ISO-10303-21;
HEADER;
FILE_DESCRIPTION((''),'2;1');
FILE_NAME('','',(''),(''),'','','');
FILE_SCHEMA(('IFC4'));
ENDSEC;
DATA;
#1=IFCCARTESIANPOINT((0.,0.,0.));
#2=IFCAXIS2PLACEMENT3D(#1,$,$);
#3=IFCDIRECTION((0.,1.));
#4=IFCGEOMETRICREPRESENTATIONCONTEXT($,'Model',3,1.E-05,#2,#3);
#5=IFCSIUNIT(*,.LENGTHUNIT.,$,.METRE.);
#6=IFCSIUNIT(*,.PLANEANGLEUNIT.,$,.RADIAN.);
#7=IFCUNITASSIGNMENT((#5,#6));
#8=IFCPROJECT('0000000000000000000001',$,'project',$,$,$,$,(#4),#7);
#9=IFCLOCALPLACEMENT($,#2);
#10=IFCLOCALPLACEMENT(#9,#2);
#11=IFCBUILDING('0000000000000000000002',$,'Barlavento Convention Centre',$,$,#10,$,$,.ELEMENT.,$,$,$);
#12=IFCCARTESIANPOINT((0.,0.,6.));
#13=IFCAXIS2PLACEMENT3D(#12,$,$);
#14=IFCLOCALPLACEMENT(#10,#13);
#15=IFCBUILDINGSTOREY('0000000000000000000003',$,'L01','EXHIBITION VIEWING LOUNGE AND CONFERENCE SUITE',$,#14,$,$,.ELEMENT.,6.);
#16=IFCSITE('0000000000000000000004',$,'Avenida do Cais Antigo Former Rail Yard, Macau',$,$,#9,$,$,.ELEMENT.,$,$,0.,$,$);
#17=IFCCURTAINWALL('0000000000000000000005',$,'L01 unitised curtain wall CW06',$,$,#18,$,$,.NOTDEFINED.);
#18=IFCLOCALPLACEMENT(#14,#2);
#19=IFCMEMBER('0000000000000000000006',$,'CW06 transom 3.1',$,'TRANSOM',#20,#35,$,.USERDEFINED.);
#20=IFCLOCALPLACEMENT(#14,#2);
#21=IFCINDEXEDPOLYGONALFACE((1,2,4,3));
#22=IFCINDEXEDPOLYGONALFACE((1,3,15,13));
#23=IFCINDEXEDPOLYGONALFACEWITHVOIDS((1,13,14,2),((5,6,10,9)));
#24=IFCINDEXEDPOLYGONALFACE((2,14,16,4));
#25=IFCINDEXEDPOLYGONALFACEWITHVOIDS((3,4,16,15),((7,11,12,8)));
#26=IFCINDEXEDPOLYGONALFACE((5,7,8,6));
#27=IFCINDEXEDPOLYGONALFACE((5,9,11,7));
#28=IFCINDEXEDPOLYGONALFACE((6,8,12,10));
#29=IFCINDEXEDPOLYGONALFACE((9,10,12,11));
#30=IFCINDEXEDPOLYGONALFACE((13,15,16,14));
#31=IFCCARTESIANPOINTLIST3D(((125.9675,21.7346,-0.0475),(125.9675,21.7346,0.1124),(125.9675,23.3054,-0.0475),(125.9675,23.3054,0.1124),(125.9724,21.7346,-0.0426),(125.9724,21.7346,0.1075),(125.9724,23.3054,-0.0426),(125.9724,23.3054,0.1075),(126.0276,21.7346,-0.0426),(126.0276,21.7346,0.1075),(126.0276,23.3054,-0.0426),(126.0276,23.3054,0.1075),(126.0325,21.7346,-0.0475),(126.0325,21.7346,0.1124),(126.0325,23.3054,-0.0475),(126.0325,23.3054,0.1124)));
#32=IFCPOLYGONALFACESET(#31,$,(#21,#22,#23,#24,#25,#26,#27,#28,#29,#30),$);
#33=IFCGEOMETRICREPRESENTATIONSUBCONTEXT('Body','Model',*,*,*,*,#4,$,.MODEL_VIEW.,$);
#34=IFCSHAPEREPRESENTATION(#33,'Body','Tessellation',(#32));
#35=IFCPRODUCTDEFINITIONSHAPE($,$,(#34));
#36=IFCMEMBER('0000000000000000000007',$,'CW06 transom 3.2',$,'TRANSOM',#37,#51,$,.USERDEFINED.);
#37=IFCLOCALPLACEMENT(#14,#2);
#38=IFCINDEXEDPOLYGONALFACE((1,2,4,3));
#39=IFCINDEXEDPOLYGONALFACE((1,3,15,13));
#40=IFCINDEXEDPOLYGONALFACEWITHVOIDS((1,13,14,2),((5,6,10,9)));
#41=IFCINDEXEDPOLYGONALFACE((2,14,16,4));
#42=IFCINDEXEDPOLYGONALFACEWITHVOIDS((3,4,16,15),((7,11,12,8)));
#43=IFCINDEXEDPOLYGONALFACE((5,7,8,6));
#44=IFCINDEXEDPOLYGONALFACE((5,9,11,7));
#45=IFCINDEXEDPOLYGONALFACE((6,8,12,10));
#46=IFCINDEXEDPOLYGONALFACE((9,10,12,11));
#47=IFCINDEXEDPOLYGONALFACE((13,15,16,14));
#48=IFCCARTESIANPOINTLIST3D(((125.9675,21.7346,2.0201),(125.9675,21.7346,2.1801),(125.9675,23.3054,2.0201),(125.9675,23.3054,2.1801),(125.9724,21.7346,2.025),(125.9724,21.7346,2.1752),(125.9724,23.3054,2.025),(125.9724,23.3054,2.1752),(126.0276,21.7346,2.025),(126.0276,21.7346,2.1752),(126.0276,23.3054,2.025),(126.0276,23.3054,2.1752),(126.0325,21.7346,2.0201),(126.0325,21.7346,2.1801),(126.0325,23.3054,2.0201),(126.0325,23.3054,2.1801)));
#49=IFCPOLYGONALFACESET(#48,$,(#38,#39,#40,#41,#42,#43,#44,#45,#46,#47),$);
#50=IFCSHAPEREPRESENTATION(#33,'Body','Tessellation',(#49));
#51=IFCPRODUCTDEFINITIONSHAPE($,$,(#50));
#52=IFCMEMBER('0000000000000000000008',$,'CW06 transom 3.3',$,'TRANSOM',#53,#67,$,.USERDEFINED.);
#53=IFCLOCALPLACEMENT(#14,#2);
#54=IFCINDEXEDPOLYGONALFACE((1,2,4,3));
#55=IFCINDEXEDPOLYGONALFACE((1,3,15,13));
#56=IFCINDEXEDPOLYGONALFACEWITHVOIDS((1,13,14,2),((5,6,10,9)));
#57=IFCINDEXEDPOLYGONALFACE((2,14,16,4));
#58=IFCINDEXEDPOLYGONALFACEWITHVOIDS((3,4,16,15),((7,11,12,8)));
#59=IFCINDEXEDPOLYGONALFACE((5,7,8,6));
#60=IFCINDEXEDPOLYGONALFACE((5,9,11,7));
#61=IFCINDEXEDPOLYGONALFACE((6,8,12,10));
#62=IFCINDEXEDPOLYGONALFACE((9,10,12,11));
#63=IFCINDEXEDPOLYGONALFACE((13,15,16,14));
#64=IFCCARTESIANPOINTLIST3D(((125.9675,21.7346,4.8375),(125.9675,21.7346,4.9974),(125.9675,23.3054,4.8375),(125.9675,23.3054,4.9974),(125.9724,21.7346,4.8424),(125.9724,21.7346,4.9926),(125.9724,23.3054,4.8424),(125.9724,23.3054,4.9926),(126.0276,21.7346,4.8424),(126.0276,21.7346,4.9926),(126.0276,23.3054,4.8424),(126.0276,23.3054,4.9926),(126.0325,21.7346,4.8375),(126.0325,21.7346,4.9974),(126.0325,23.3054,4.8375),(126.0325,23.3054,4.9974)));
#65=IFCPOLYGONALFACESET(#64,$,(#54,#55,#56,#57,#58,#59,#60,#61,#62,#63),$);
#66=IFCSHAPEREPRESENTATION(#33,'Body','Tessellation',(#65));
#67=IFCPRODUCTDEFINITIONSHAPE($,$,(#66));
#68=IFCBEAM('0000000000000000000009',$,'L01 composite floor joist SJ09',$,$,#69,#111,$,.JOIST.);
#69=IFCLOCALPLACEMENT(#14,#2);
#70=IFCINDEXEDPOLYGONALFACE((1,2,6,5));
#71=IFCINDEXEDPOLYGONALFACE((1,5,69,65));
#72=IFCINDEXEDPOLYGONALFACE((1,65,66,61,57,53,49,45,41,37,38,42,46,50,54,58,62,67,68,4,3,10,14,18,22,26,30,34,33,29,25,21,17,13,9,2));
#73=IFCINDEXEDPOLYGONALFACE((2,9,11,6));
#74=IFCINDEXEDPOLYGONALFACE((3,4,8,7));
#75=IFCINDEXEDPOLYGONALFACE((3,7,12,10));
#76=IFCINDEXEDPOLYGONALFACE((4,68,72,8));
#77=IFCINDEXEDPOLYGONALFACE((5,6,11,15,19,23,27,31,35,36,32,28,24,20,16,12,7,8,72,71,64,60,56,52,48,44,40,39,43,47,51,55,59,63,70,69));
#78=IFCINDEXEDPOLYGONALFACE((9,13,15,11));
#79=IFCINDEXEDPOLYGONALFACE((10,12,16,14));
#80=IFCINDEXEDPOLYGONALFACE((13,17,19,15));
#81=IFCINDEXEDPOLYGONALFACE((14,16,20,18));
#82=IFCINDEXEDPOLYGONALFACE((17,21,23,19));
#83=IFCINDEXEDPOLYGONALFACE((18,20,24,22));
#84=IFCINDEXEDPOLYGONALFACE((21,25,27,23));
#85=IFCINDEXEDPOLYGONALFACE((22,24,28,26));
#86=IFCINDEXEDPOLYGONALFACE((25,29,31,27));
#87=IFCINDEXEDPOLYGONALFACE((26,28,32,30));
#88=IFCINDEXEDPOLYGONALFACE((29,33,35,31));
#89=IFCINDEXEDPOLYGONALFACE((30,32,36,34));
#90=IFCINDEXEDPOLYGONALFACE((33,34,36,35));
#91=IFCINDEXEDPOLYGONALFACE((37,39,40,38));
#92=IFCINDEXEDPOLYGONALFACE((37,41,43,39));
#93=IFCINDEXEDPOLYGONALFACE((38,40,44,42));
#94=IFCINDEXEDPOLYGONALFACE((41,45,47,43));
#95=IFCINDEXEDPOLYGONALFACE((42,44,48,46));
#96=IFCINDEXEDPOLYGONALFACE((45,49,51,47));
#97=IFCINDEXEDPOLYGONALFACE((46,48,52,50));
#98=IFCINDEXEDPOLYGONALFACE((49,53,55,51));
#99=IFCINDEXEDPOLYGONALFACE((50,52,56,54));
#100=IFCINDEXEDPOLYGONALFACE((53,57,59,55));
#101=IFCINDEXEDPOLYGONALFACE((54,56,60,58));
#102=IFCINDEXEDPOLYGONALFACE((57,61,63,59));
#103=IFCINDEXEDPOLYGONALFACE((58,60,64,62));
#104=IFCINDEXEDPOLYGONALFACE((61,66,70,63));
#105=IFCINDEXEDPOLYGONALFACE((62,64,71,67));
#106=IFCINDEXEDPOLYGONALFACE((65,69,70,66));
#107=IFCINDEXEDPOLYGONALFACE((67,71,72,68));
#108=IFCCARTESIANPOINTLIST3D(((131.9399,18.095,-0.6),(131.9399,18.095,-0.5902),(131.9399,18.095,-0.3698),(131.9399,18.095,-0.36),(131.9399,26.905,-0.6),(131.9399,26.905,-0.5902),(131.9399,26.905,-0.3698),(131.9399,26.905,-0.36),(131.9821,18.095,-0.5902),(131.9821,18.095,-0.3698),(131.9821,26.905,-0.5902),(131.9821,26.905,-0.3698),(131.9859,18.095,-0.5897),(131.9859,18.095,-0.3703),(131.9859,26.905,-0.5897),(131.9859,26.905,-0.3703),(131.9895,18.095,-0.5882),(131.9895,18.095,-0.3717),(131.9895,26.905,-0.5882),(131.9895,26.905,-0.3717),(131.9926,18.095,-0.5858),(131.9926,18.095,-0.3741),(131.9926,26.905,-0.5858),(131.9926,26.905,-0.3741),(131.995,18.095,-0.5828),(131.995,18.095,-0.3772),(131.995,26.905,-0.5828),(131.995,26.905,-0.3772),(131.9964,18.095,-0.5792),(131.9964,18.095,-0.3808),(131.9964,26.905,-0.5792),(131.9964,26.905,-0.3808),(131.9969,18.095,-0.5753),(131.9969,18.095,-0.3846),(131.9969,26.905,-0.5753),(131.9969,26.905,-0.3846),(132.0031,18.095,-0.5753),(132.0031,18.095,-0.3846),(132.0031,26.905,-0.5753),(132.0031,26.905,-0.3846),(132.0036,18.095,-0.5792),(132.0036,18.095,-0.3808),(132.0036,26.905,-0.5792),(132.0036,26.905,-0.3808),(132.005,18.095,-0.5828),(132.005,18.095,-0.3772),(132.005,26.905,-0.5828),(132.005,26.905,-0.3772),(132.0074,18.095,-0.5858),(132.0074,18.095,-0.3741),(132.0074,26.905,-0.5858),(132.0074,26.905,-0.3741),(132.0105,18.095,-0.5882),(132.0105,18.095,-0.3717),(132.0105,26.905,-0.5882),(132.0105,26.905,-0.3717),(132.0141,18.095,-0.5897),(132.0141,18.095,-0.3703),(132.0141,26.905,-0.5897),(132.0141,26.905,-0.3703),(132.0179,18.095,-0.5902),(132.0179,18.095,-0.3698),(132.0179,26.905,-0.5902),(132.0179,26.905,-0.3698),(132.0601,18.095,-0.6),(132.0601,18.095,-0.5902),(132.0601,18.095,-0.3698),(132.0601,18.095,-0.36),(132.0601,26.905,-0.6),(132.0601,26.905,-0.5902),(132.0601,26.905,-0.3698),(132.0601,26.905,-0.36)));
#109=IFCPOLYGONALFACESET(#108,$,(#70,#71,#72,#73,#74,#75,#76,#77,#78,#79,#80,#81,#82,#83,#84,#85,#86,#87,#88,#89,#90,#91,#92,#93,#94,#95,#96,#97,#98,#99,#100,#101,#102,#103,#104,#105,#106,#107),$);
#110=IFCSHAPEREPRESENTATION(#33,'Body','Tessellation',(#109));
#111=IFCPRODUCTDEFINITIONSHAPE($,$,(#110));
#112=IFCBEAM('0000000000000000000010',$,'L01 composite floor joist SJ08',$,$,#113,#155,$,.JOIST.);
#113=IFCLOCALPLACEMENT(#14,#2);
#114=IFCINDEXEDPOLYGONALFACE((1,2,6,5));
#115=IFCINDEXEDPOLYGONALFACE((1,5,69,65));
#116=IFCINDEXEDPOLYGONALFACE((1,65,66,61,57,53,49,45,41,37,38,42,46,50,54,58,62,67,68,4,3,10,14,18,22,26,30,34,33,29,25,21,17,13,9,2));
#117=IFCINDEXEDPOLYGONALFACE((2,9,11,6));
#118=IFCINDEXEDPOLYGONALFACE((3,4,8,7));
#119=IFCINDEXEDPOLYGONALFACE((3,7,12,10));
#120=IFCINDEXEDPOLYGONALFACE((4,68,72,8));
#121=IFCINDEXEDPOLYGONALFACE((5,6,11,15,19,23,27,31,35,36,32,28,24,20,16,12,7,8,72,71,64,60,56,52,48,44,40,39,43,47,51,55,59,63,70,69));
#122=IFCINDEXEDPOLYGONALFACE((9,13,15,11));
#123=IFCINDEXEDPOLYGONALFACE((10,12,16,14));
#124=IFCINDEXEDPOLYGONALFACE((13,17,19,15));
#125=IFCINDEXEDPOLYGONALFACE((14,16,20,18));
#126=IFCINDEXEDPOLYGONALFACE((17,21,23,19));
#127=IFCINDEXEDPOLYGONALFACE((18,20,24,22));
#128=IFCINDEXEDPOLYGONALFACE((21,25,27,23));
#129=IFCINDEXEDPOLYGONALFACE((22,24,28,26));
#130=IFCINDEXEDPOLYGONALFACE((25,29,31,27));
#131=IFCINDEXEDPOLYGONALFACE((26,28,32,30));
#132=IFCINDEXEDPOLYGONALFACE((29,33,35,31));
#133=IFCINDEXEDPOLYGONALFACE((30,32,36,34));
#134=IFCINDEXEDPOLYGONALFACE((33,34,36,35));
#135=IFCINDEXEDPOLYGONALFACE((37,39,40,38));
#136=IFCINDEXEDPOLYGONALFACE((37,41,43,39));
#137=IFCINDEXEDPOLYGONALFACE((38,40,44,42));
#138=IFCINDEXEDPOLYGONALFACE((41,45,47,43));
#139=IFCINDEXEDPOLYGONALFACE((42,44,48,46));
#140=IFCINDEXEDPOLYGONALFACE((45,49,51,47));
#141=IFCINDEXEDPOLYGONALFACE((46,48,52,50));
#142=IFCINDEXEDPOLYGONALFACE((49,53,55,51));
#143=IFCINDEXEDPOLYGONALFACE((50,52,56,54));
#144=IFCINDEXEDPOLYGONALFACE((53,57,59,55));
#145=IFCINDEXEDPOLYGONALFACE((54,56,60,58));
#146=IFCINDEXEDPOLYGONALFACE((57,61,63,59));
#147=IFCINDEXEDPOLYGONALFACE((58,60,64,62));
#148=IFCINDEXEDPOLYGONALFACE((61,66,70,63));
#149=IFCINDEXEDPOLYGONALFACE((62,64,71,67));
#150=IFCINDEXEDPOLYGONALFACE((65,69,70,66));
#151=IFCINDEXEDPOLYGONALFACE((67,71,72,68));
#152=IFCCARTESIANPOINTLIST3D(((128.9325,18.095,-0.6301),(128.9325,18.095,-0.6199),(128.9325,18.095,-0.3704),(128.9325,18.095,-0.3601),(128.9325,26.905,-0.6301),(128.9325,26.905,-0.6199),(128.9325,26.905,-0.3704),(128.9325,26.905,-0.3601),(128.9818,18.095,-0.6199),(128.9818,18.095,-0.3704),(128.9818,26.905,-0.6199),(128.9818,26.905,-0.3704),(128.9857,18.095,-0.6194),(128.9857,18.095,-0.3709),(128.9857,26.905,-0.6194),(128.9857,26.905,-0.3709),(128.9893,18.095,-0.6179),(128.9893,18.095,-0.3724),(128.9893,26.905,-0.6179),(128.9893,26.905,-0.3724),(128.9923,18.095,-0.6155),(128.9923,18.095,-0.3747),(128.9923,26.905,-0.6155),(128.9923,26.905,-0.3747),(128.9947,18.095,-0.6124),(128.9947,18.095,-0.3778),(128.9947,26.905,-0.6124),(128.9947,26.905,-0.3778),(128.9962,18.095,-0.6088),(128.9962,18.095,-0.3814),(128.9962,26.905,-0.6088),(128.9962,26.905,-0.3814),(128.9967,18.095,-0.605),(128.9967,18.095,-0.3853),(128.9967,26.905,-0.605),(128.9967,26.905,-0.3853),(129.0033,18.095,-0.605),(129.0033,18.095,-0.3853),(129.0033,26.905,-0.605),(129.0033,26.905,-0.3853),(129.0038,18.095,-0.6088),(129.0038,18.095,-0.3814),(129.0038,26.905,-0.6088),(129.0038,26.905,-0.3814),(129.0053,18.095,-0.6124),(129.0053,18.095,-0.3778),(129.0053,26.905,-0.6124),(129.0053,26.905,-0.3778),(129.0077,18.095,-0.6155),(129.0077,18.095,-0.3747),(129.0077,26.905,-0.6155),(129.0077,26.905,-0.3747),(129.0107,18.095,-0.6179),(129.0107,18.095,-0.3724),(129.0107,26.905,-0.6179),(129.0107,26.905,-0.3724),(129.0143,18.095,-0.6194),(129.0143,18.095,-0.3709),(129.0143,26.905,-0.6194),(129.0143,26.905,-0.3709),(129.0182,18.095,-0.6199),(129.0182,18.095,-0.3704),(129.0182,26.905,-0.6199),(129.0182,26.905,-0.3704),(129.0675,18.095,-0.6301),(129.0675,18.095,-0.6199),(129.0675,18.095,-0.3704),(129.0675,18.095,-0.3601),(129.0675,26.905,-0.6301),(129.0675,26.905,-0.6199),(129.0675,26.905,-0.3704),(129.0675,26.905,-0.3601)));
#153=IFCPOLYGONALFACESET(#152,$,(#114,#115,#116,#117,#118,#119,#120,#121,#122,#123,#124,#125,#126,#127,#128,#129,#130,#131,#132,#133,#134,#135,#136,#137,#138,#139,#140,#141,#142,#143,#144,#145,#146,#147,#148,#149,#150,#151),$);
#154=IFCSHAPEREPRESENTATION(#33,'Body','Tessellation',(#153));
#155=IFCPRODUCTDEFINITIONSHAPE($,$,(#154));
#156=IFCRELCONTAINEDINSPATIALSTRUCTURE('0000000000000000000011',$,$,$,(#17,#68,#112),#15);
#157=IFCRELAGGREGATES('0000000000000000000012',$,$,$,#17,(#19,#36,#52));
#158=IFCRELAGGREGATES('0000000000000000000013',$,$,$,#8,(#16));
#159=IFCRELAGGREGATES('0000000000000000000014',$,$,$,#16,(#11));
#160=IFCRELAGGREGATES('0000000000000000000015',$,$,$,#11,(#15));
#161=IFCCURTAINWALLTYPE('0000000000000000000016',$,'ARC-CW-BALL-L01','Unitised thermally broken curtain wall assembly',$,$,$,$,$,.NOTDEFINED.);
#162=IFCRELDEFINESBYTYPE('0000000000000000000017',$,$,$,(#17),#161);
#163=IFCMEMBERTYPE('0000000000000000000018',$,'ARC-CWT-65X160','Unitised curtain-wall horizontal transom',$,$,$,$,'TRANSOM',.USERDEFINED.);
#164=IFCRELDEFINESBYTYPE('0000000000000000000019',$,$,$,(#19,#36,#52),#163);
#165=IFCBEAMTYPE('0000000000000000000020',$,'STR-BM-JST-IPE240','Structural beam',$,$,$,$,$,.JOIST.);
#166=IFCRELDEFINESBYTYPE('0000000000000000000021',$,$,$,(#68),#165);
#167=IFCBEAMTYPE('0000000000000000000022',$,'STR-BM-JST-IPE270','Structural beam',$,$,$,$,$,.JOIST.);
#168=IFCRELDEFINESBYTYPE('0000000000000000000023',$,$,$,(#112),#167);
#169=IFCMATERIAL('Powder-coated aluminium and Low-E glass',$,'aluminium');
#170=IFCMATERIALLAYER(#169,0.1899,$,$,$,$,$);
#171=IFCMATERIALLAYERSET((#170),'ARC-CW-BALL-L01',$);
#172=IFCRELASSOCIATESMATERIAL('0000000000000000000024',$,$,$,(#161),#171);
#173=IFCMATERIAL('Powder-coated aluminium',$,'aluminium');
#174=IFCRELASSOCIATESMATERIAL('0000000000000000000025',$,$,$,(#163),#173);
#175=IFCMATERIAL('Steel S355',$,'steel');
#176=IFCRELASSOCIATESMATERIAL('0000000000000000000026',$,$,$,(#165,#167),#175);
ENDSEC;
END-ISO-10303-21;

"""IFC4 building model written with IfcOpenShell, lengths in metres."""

from ifc_helpers import new_model, si_unit, direction, frame, origin, origin_2d, place, context, subcontext, project, spatial, hollow_rectangle, i_section, extrude, material, layer, layer_set, material_profile, profile_set, type_object, element, aggregate, save


model = new_model("IFC4")

# Units and contexts
model_context = context("Model", 3, precision=1e-05, world=origin(), true_north=direction((0.0, 1.0)))
body_context = subcontext(model_context, "Body", "Model", "MODEL_VIEW")
ifc_project = project(units=[si_unit("LENGTHUNIT", "METRE"), si_unit("PLANEANGLEUNIT", "RADIAN")], contexts=[model_context])

# Site, building, storey
site_placement = place(None, origin())
site = spatial("IfcSite", under=ifc_project, at=site_placement, Name="Avenida do Cais Antigo Former Rail Yard, Macau", CompositionType="ELEMENT", RefElevation=0.0)
building_placement = place(site_placement, origin())
building = spatial("IfcBuilding", under=site, at=building_placement, Name="Barlavento Convention Centre", CompositionType="ELEMENT")
storey_placement = place(building_placement, frame((0.0, 0.0, 6.0)))
storey = spatial("IfcBuildingStorey", under=building, at=storey_placement, Name="L01", Description="EXHIBITION VIEWING LOUNGE AND CONFERENCE SUITE", CompositionType="ELEMENT", Elevation=6.0)

# Shared definitions
ifc_material_1 = material(Name="Steel S355", Category="steel")

# Curtain wall, members
ifc_material_2 = material(Name="Powder-coated aluminium and Low-E glass", Category="aluminium")
ifc_layer_1 = layer(ifc_material_2, 0.1899)
ifc_layer_set_1 = layer_set([ifc_layer_1], Name="ARC-CW-BALL-L01")
curtain_wall_type = type_object("IfcCurtainWallType", Name="ARC-CW-BALL-L01", Description="Unitised thermally broken curtain wall assembly", PredefinedType="NOTDEFINED", material=ifc_layer_set_1)
curtain_wall_placement = place(storey_placement, origin())
curtain_wall = element("IfcCurtainWall", 1, at=curtain_wall_placement, inside=storey, type_object=curtain_wall_type, Name="L01 unitised curtain wall CW06", PredefinedType="NOTDEFINED")
ifc_material_3 = material(Name="Powder-coated aluminium", Category="aluminium")
ifc_material_profile_1 = material_profile(ifc_material_3, hollow_rectangle(XDim=0.0649, YDim=0.1599, WallThickness=0.0049, at=origin_2d()), Name="AL-TRAN 65x160x5")
ifc_profile_set_1 = profile_set([ifc_material_profile_1], Name="Powder-coated aluminium")
member_type_1 = type_object("IfcMemberType", Name="ARC-CWT-65X160", Description="Unitised curtain-wall horizontal transom", ElementType="TRANSOM", PredefinedType="USERDEFINED", material=ifc_profile_set_1)
member_1_placement = place(storey_placement, frame((126.0, 21.7346, 0.0325), z_axis=(0.0, 1.0, 0.0), x_axis=(-1.0, 0.0, 0.0)))
member_1 = element("IfcMember", 2, at=member_1_placement, type_object=member_type_1, Name="CW06 transom 3.1", ObjectType="TRANSOM", PredefinedType="USERDEFINED", context=body_context, shape_type="SweptSolid", body=[
    extrude(hollow_rectangle(XDim=0.0649, YDim=0.1599, WallThickness=0.0049, at=origin_2d()), origin(), (0.0, 0.0, 1.0), 1.5708),
])
member_2_placement = place(storey_placement, frame((126.0, 21.7346, 2.1001), z_axis=(0.0, 1.0, 0.0), x_axis=(-1.0, 0.0, 0.0)))
member_2 = element("IfcMember", 3, at=member_2_placement, type_object=member_type_1, Name="CW06 transom 3.2", ObjectType="TRANSOM", PredefinedType="USERDEFINED", context=body_context, shape_type="SweptSolid", body=[
    extrude(hollow_rectangle(XDim=0.0649, YDim=0.1599, WallThickness=0.0049, at=origin_2d()), origin(), (0.0, 0.0, 1.0), 1.5708),
])
member_3_placement = place(storey_placement, frame((126.0, 21.7346, 4.9175), z_axis=(0.0, 1.0, 0.0), x_axis=(-1.0, 0.0, 0.0)))
member_3 = element("IfcMember", 4, at=member_3_placement, type_object=member_type_1, Name="CW06 transom 3.3", ObjectType="TRANSOM", PredefinedType="USERDEFINED", context=body_context, shape_type="SweptSolid", body=[
    extrude(hollow_rectangle(XDim=0.0649, YDim=0.1599, WallThickness=0.0049, at=origin_2d()), origin(), (0.0, 0.0, 1.0), 1.5708),
])

# Beams
ifc_material_profile_2 = material_profile(ifc_material_1, i_section(OverallWidth=0.1201, OverallDepth=0.24, WebThickness=0.0061, FlangeThickness=0.0098, FilletRadius=0.0149, at=origin_2d()), Name="IPE 240")
ifc_profile_set_2 = profile_set([ifc_material_profile_2], Name="Steel S355")
beam_type_1 = type_object("IfcBeamType", Name="STR-BM-JST-IPE240", Description="Structural beam", PredefinedType="JOIST", material=ifc_profile_set_2)
beam_1_placement = place(storey_placement, frame((132.0, 18.095, -0.48), z_axis=(0.0, 1.0, 0.0), x_axis=(-1.0, 0.0, 0.0)))
element("IfcBeam", 5, at=beam_1_placement, inside=storey, type_object=beam_type_1, Name="L01 composite floor joist SJ09", PredefinedType="JOIST", context=body_context, shape_type="SweptSolid", body=[
    extrude(i_section(OverallWidth=0.1201, OverallDepth=0.24, WebThickness=0.0061, FlangeThickness=0.0098, FilletRadius=0.0149, at=origin_2d()), origin(), (0.0, 0.0, 1.0), 8.8101),
])
ifc_material_profile_3 = material_profile(ifc_material_1, i_section(OverallWidth=0.135, OverallDepth=0.27, WebThickness=0.0066, FlangeThickness=0.0103, FilletRadius=0.0149, at=origin_2d()), Name="IPE 270")
ifc_profile_set_3 = profile_set([ifc_material_profile_3], Name="Steel S355")
beam_type_2 = type_object("IfcBeamType", Name="STR-BM-JST-IPE270", Description="Structural beam", PredefinedType="JOIST", material=ifc_profile_set_3)
beam_2_placement = place(storey_placement, frame((129.0, 18.095, -0.4951), z_axis=(0.0, 1.0, 0.0), x_axis=(-1.0, 0.0, 0.0)))
element("IfcBeam", 6, at=beam_2_placement, inside=storey, type_object=beam_type_2, Name="L01 composite floor joist SJ08", PredefinedType="JOIST", context=body_context, shape_type="SweptSolid", body=[
    extrude(i_section(OverallWidth=0.135, OverallDepth=0.27, WebThickness=0.0066, FlangeThickness=0.0103, FilletRadius=0.0149, at=origin_2d()), origin(), (0.0, 0.0, 1.0), 8.8101),
])

aggregate(curtain_wall, [member_1, member_2, member_3])

save(model, "model.ifc")
